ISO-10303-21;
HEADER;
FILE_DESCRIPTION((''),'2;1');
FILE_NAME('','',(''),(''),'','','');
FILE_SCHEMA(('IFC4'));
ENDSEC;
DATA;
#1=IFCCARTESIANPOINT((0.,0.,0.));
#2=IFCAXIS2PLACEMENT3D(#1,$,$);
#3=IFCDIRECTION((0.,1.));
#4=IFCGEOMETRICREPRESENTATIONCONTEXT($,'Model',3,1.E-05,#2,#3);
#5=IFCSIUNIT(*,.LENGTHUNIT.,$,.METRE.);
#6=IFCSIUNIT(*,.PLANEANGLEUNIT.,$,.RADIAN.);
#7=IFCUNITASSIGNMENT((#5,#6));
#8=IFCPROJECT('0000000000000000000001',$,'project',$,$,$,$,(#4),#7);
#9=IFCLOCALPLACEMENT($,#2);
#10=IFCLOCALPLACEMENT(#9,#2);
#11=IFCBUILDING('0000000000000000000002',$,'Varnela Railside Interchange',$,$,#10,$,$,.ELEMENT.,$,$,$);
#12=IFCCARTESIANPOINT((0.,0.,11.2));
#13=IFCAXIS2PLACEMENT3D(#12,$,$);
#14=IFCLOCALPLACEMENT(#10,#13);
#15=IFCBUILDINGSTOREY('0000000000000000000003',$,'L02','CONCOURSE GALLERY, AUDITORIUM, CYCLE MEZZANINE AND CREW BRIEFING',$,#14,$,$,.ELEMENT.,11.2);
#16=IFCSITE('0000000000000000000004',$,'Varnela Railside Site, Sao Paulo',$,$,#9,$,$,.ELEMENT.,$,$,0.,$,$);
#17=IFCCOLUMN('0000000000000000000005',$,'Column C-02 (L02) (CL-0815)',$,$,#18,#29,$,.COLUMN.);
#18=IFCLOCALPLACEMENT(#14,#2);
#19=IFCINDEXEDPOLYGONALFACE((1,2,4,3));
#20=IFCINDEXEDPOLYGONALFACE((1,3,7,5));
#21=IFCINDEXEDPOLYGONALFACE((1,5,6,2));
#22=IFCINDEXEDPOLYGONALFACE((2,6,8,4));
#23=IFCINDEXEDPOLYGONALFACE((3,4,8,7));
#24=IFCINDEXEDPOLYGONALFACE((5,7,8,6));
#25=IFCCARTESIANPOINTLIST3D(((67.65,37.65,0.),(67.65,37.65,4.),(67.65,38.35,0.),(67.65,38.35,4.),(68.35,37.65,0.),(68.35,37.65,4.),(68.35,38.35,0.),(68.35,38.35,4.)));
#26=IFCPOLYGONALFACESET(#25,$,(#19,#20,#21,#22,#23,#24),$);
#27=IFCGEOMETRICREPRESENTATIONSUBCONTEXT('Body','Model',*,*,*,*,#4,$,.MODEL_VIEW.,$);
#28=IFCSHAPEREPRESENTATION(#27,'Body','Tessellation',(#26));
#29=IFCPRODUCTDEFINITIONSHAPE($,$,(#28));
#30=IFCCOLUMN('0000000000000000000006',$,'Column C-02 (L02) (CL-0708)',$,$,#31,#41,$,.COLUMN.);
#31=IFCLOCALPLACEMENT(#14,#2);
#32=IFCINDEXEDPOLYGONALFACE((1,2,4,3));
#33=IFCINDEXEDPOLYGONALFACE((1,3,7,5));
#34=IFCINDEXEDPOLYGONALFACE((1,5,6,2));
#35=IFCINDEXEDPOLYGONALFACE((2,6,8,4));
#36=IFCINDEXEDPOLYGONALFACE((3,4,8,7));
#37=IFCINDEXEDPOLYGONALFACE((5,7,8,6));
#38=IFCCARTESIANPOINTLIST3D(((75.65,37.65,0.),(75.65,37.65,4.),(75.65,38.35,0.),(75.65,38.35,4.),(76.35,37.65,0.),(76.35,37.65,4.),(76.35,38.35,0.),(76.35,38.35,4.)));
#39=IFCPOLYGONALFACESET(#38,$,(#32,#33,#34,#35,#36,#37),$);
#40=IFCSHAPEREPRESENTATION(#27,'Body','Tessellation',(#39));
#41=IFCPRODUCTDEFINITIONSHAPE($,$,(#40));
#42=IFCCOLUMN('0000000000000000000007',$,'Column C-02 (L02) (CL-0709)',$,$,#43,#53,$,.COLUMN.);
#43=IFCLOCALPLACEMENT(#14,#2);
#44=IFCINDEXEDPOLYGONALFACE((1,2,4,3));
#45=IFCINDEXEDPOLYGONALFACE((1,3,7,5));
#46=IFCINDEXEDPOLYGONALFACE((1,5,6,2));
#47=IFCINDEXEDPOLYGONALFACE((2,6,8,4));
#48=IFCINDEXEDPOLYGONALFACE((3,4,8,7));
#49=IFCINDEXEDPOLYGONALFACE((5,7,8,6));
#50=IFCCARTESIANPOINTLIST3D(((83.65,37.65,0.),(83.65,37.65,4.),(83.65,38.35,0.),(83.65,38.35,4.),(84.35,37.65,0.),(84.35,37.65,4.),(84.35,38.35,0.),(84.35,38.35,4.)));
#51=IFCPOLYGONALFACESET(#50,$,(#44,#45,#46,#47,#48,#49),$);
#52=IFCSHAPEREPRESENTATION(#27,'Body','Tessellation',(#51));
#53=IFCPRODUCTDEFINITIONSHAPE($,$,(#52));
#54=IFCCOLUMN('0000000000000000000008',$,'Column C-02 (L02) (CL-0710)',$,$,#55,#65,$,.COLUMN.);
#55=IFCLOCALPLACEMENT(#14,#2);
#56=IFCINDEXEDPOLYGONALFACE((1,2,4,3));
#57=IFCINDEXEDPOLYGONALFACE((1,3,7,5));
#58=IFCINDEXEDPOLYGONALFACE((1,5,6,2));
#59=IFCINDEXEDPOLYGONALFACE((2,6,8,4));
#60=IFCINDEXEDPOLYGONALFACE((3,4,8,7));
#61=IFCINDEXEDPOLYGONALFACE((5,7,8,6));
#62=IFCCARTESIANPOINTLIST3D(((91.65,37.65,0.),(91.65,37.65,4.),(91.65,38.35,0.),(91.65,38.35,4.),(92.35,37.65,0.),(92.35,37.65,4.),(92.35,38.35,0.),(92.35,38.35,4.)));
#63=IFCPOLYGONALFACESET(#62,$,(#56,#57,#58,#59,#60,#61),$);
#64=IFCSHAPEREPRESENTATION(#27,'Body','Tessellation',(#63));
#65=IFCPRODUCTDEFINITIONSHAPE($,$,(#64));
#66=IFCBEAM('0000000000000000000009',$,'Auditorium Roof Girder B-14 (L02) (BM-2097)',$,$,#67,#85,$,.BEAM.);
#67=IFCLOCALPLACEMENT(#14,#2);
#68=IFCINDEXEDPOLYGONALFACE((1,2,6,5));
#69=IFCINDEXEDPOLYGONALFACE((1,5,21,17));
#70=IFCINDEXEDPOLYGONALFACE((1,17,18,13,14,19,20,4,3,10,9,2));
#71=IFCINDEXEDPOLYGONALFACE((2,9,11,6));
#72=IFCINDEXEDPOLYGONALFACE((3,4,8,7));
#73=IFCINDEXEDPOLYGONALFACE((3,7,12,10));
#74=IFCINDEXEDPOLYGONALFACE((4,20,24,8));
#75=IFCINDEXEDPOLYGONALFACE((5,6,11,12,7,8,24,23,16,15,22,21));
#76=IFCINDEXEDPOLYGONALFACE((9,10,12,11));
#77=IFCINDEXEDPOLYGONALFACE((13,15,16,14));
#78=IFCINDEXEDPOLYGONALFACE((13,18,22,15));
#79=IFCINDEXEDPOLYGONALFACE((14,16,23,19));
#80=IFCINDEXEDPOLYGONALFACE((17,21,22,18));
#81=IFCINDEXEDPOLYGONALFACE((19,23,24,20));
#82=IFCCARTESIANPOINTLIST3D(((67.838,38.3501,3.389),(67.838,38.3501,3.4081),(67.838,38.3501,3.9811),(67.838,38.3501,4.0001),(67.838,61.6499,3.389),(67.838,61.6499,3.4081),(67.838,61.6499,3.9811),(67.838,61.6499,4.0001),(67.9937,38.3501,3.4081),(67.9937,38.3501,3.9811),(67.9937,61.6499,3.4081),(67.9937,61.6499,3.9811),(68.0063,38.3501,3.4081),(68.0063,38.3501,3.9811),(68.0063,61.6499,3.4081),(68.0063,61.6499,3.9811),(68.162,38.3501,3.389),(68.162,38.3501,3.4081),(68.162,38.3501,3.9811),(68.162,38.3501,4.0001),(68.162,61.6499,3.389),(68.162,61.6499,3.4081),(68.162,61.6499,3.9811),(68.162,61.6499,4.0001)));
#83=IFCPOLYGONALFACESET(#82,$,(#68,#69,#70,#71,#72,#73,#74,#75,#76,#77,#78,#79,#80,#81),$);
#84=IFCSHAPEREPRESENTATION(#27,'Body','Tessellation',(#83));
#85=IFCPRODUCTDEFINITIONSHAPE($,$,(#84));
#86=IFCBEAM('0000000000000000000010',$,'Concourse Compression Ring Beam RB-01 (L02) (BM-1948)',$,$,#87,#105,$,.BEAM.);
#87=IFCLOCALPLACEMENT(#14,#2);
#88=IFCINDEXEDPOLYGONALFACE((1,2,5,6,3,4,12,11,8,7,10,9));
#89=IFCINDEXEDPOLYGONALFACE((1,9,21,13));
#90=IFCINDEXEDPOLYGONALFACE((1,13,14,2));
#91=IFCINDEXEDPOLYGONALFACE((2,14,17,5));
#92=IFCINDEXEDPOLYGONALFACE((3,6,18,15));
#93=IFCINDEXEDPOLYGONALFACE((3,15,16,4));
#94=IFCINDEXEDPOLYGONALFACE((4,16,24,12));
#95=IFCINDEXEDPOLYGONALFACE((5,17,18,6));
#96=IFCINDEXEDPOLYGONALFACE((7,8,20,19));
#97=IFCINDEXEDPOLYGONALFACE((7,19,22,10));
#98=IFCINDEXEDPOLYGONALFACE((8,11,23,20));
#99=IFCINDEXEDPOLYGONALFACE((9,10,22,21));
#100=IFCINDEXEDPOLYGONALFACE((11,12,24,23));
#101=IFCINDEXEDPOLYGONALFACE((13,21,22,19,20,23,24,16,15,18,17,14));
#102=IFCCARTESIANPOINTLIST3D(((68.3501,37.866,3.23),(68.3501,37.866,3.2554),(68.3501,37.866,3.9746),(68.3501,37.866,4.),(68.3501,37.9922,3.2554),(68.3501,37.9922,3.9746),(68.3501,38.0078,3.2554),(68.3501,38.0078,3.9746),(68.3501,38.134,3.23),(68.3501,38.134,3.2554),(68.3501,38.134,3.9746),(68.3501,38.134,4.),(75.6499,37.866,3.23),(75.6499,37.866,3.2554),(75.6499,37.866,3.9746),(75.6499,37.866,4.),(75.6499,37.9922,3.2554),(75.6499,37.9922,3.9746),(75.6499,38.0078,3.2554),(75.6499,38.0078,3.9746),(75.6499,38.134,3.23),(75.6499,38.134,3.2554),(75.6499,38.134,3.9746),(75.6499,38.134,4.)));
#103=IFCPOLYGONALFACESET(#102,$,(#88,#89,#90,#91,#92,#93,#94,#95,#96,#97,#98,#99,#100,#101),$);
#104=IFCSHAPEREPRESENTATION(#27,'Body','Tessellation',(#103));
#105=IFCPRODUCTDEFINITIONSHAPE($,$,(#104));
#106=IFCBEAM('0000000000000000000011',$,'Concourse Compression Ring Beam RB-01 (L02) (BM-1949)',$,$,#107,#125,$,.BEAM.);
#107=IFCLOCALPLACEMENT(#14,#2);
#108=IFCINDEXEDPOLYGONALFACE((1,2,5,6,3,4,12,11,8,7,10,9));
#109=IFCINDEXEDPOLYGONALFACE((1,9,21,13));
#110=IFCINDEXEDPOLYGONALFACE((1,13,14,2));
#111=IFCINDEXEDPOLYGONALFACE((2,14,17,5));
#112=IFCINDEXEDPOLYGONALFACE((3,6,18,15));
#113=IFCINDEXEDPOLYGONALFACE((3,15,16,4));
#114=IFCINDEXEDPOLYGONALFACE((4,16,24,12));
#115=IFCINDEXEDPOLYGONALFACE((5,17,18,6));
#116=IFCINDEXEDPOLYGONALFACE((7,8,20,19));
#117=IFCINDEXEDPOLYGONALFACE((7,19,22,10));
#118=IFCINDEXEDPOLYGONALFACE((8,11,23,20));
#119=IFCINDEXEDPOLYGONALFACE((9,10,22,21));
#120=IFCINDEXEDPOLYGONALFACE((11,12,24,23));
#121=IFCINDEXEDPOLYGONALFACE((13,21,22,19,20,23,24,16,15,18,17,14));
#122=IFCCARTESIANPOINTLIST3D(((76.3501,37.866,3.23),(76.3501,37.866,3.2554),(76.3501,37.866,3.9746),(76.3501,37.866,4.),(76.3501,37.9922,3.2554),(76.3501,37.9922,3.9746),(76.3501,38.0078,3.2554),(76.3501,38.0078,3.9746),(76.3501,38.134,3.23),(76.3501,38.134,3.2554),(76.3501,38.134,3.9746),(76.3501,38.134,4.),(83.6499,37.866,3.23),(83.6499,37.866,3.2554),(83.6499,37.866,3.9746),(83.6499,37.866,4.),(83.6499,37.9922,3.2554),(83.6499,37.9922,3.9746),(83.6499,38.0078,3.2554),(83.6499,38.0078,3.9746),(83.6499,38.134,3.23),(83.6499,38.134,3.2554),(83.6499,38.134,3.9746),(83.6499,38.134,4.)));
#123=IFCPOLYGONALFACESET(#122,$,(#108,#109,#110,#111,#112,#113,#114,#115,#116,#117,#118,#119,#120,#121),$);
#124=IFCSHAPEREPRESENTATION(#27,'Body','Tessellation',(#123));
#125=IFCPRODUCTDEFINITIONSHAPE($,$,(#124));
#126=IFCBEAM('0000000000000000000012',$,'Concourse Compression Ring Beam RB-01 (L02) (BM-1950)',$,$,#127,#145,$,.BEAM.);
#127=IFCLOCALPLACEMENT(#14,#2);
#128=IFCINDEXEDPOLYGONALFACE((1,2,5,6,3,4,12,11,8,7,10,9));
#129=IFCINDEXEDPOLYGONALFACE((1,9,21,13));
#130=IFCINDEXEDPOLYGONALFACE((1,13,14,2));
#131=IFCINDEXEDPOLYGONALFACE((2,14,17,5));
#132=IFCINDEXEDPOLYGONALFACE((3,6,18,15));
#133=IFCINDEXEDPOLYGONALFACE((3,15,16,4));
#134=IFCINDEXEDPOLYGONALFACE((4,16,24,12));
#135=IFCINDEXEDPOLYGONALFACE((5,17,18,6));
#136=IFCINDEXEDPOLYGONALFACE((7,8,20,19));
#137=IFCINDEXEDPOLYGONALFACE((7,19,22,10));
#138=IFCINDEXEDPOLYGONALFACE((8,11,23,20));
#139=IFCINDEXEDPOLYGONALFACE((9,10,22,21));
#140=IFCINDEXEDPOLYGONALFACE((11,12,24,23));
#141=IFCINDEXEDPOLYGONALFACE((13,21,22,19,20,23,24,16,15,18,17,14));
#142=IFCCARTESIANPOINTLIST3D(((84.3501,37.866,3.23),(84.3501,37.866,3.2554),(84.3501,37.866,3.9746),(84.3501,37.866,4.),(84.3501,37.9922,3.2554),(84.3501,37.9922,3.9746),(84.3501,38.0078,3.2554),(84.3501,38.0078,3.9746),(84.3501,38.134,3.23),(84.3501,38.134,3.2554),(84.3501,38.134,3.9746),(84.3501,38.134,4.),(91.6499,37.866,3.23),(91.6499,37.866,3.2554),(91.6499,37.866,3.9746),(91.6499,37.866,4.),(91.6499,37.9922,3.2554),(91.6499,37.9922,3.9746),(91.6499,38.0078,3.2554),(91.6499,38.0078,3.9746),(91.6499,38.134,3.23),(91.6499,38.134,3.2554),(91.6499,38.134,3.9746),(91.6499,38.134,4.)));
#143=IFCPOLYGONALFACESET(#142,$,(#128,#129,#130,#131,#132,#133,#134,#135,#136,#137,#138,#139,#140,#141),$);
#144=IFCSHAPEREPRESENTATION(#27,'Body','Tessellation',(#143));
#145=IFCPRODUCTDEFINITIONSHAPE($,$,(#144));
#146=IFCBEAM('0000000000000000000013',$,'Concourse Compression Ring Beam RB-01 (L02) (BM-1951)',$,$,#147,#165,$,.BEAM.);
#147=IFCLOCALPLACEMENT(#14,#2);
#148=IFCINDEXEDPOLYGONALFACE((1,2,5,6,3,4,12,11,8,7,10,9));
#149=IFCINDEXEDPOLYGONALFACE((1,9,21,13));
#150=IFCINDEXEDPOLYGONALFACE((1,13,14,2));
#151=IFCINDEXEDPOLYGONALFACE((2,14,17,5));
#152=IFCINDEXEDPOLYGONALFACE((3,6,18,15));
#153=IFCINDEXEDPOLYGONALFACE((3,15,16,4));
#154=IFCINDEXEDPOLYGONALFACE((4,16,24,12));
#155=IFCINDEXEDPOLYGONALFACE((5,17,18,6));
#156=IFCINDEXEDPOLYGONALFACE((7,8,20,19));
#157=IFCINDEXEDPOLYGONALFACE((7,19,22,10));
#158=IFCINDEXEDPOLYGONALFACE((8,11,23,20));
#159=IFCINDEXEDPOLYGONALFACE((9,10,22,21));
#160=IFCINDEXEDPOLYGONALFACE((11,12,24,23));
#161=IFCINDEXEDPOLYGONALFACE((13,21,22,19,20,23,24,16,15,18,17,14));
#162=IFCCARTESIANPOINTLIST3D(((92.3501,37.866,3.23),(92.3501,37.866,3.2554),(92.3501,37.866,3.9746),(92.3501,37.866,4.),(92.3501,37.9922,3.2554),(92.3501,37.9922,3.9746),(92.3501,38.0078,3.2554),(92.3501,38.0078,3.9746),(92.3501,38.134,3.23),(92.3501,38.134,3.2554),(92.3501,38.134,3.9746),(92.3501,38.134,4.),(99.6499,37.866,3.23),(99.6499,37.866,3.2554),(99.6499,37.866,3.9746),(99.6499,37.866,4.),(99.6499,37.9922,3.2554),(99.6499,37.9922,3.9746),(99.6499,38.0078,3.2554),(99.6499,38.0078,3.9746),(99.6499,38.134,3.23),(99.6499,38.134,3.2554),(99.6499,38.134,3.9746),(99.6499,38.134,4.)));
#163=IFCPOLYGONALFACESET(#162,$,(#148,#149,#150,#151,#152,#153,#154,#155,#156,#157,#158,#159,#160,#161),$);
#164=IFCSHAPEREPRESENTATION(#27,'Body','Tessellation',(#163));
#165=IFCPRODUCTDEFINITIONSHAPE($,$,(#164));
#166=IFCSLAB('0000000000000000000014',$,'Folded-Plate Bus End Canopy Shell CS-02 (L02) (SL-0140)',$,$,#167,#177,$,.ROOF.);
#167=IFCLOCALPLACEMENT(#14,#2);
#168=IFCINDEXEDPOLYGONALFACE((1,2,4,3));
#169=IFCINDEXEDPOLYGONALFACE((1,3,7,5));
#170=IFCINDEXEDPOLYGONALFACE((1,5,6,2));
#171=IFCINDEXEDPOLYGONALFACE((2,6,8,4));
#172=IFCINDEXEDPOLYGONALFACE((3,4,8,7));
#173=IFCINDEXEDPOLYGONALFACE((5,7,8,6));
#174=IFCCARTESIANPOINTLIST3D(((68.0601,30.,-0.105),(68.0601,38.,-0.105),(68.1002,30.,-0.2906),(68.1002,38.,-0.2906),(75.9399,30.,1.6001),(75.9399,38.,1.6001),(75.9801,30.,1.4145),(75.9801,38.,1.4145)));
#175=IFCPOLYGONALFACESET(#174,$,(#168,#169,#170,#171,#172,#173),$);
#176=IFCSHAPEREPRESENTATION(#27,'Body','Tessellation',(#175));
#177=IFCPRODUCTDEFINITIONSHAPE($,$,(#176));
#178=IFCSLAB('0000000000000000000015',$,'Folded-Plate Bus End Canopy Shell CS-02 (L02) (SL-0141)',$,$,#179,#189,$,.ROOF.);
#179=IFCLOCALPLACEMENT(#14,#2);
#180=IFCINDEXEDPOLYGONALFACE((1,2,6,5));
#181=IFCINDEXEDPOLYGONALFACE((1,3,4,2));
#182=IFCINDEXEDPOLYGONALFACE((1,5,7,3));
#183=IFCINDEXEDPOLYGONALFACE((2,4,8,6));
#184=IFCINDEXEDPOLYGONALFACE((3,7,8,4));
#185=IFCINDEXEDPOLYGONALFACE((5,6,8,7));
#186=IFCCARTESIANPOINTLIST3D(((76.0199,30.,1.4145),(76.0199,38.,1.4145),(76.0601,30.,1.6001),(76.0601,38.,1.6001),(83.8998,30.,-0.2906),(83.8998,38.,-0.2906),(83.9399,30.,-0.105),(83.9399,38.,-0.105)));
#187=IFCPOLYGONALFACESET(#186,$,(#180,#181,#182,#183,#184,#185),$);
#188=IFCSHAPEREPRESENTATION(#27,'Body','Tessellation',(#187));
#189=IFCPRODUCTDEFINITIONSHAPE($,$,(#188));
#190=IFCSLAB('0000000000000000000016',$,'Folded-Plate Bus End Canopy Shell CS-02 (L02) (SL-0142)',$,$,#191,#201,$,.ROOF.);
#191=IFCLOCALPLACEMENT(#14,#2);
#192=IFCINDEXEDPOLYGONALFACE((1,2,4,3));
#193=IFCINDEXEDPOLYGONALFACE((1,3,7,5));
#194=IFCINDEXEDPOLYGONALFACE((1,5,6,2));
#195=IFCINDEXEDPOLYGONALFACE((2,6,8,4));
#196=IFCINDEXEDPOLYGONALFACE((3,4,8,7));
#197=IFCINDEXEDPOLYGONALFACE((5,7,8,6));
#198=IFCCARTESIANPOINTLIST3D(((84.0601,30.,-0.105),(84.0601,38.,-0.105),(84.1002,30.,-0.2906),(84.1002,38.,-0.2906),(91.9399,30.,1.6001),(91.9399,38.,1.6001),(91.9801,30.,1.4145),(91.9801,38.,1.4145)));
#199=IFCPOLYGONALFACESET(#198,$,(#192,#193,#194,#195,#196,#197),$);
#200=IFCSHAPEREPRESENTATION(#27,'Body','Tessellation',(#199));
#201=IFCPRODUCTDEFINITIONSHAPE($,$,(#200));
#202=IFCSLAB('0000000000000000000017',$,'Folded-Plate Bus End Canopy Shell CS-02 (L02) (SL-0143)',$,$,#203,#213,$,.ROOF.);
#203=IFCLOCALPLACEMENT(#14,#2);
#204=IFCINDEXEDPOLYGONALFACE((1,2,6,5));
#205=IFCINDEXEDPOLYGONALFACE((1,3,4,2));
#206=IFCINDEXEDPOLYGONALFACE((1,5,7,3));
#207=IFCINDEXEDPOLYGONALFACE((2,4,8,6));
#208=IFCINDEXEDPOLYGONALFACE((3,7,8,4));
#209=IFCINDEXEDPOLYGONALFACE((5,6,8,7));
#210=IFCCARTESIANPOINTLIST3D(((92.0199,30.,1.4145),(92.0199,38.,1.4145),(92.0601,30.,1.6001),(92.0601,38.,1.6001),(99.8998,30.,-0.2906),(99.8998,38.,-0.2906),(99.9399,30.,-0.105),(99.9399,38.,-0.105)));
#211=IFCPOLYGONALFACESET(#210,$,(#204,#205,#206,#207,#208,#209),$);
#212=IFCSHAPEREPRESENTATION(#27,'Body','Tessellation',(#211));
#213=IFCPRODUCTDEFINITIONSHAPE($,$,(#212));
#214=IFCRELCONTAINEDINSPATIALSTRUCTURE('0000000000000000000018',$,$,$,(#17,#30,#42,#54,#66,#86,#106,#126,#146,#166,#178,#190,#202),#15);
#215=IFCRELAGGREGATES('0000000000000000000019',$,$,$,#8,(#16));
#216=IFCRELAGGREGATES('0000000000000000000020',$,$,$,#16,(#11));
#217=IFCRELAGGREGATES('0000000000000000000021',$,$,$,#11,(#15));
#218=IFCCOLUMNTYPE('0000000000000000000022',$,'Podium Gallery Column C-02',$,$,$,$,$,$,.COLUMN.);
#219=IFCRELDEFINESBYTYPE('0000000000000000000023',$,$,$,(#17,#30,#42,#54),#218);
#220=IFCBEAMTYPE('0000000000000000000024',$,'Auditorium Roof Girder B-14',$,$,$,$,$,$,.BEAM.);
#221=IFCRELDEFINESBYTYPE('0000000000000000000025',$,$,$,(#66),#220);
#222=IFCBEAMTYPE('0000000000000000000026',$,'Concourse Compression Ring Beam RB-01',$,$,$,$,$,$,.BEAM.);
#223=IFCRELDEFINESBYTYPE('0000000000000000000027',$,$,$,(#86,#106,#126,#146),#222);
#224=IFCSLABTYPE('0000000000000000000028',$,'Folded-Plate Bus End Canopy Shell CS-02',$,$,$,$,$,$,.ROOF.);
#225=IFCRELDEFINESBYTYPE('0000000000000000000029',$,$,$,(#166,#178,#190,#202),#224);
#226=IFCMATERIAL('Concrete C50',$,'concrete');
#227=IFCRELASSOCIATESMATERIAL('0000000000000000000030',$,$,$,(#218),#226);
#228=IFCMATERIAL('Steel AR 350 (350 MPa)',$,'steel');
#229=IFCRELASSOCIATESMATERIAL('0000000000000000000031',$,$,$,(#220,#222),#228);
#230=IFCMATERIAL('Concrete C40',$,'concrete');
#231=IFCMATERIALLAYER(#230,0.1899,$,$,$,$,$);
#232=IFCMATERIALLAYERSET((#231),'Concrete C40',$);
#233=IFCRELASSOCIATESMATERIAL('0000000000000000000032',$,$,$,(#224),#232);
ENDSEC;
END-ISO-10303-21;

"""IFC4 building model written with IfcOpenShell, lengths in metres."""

from ifc_helpers import new_model, si_unit, direction, frame, origin, origin_2d, place, context, subcontext, project, spatial, polyline, rectangle, i_section, outline, extrude, material, layer, layer_set, material_profile, profile_set, type_object, element, save


model = new_model("IFC4")

# Units and contexts
model_context = context("Model", 3, precision=1e-05, world=origin(), true_north=direction((0.0, 1.0)))
body_context = subcontext(model_context, "Body", "Model", "MODEL_VIEW")
ifc_project = project(units=[si_unit("LENGTHUNIT", "METRE"), si_unit("PLANEANGLEUNIT", "RADIAN")], contexts=[model_context])

# Site, building, storey
site_placement = place(None, origin())
site = spatial("IfcSite", under=ifc_project, at=site_placement, Name="Varnela Railside Site, Sao Paulo", CompositionType="ELEMENT", RefElevation=0.0)
building_placement = place(site_placement, origin())
building = spatial("IfcBuilding", under=site, at=building_placement, Name="Varnela Railside Interchange", CompositionType="ELEMENT")
storey_placement = place(building_placement, frame((0.0, 0.0, 11.2)))
storey = spatial("IfcBuildingStorey", under=building, at=storey_placement, Name="L02", Description="CONCOURSE GALLERY, AUDITORIUM, CYCLE MEZZANINE AND CREW BRIEFING", CompositionType="ELEMENT", Elevation=11.2)

# Columns
ifc_material_1 = material(Name="Concrete C50", Category="concrete")
ifc_material_profile_1 = material_profile(ifc_material_1, rectangle(XDim=0.7, YDim=0.7, at=origin_2d()), Name="RC 700x700")
ifc_profile_set_1 = profile_set([ifc_material_profile_1], Name="Concrete C50")
column_type = type_object("IfcColumnType", Name="Podium Gallery Column C-02", PredefinedType="COLUMN", material=ifc_profile_set_1)
for number, where, z_axis, x_axis, name in (
    (1, (68.0, 38.0, 0.0), (0.0, 0.0, 1.0), (1.0, 0.0, 0.0), "Column C-02 (L02) (CL-0815)"),
    (2, (76.0, 38.0, 0.0), (0.0, 0.0, 1.0), (1.0, 0.0, 0.0), "Column C-02 (L02) (CL-0708)"),
    (3, (84.0, 38.0, 0.0), (0.0, 0.0, 1.0), (1.0, 0.0, 0.0), "Column C-02 (L02) (CL-0709)"),
    (4, (92.0, 38.0, 0.0), (0.0, 0.0, 1.0), (1.0, 0.0, 0.0), "Column C-02 (L02) (CL-0710)"),
):
    element("IfcColumn", number, at=place(storey_placement, frame(where, z_axis=z_axis, x_axis=x_axis)), inside=storey, type_object=column_type, Name=name, PredefinedType="COLUMN", context=body_context, shape_type="SweptSolid", body=[
        extrude(rectangle(XDim=0.7, YDim=0.7, at=origin_2d()), origin(), (0.0, 0.0, 1.0), 4.0),
    ])

# Beams
ifc_material_2 = material(Name="Steel AR 350 (350 MPa)", Category="steel")
ifc_material_profile_2 = material_profile(ifc_material_2, i_section(OverallWidth=0.324, OverallDepth=0.6111, WebThickness=0.0127, FlangeThickness=0.019, at=origin_2d()), Name="W610x155")
ifc_profile_set_2 = profile_set([ifc_material_profile_2], Name="Steel AR 350 (350 MPa)")
beam_type_1 = type_object("IfcBeamType", Name="Auditorium Roof Girder B-14", PredefinedType="BEAM", material=ifc_profile_set_2)
beam_placement = place(storey_placement, frame((68.0, 38.3501, 3.6946), z_axis=(0.0, 1.0, 0.0), x_axis=(-1.0, 0.0, 0.0)))
element("IfcBeam", 5, at=beam_placement, inside=storey, type_object=beam_type_1, Name="Auditorium Roof Girder B-14 (L02) (BM-2097)", PredefinedType="BEAM", context=body_context, shape_type="SweptSolid", body=[
    extrude(i_section(OverallWidth=0.324, OverallDepth=0.6111, WebThickness=0.0127, FlangeThickness=0.019, at=origin_2d()), origin(), (0.0, 0.0, 1.0), 23.2998),
])
ifc_material_profile_3 = material_profile(ifc_material_2, i_section(OverallWidth=0.2681, OverallDepth=0.77, WebThickness=0.0156, FlangeThickness=0.0254, at=origin_2d()), Name="W760x196")
ifc_profile_set_3 = profile_set([ifc_material_profile_3], Name="Steel AR 350 (350 MPa)")
beam_type_2 = type_object("IfcBeamType", Name="Concourse Compression Ring Beam RB-01", PredefinedType="BEAM", material=ifc_profile_set_3)
for number, where, z_axis, x_axis, name in (
    (6, (68.3501, 38.0, 3.615), (1.0, 0.0, 0.0), (0.0, 1.0, 0.0), "Concourse Compression Ring Beam RB-01 (L02) (BM-1948)"),
    (7, (76.3501, 38.0, 3.615), (1.0, 0.0, 0.0), (0.0, 1.0, 0.0), "Concourse Compression Ring Beam RB-01 (L02) (BM-1949)"),
    (8, (84.3501, 38.0, 3.615), (1.0, 0.0, 0.0), (0.0, 1.0, 0.0), "Concourse Compression Ring Beam RB-01 (L02) (BM-1950)"),
    (9, (92.3501, 38.0, 3.615), (1.0, 0.0, 0.0), (0.0, 1.0, 0.0), "Concourse Compression Ring Beam RB-01 (L02) (BM-1951)"),
):
    element("IfcBeam", number, at=place(storey_placement, frame(where, z_axis=z_axis, x_axis=x_axis)), inside=storey, type_object=beam_type_2, Name=name, PredefinedType="BEAM", context=body_context, shape_type="SweptSolid", body=[
        extrude(i_section(OverallWidth=0.2681, OverallDepth=0.77, WebThickness=0.0156, FlangeThickness=0.0254, at=origin_2d()), origin(), (0.0, 0.0, 1.0), 7.2998),
    ])

# Slabs
ifc_material_3 = material(Name="Concrete C40", Category="concrete")
ifc_layer_1 = layer(ifc_material_3, 0.1899)
ifc_layer_set_1 = layer_set([ifc_layer_1], Name="Concrete C40")
slab_type = type_object("IfcSlabType", Name="Folded-Plate Bus End Canopy Shell CS-02", PredefinedType="ROOF", material=ifc_layer_set_1)
for number, where, z_axis, x_axis, name in (
    (10, (68.0601, 30.0, -0.105), (-0.211489, 0.0, 0.97738), (0.97738, 0.0, 0.211489), "Folded-Plate Bus End Canopy Shell CS-02 (L02) (SL-0140)"),
    (11, (76.0601, 30.0, 1.6001), (0.211489, 0.0, 0.97738), (0.97738, 0.0, -0.211489), "Folded-Plate Bus End Canopy Shell CS-02 (L02) (SL-0141)"),
    (12, (84.0601, 30.0, -0.105), (-0.211489, 0.0, 0.97738), (0.97738, 0.0, 0.211489), "Folded-Plate Bus End Canopy Shell CS-02 (L02) (SL-0142)"),
    (13, (92.0601, 30.0, 1.6001), (0.211489, 0.0, 0.97738), (0.97738, 0.0, -0.211489), "Folded-Plate Bus End Canopy Shell CS-02 (L02) (SL-0143)"),
):
    element("IfcSlab", number, at=place(storey_placement, frame(where, z_axis=z_axis, x_axis=x_axis)), inside=storey, type_object=slab_type, Name=name, PredefinedType="ROOF", context=body_context, shape_type="SweptSolid", body=[
        extrude(outline(polyline([(0.0, 0.0), (8.0622, 0.0), (8.0622, 8.0), (0.0, 8.0), (0.0, 0.0)])), origin(), (0.0, 0.0, -1.0), 0.1899),
    ])

save(model, "model.ifc")
